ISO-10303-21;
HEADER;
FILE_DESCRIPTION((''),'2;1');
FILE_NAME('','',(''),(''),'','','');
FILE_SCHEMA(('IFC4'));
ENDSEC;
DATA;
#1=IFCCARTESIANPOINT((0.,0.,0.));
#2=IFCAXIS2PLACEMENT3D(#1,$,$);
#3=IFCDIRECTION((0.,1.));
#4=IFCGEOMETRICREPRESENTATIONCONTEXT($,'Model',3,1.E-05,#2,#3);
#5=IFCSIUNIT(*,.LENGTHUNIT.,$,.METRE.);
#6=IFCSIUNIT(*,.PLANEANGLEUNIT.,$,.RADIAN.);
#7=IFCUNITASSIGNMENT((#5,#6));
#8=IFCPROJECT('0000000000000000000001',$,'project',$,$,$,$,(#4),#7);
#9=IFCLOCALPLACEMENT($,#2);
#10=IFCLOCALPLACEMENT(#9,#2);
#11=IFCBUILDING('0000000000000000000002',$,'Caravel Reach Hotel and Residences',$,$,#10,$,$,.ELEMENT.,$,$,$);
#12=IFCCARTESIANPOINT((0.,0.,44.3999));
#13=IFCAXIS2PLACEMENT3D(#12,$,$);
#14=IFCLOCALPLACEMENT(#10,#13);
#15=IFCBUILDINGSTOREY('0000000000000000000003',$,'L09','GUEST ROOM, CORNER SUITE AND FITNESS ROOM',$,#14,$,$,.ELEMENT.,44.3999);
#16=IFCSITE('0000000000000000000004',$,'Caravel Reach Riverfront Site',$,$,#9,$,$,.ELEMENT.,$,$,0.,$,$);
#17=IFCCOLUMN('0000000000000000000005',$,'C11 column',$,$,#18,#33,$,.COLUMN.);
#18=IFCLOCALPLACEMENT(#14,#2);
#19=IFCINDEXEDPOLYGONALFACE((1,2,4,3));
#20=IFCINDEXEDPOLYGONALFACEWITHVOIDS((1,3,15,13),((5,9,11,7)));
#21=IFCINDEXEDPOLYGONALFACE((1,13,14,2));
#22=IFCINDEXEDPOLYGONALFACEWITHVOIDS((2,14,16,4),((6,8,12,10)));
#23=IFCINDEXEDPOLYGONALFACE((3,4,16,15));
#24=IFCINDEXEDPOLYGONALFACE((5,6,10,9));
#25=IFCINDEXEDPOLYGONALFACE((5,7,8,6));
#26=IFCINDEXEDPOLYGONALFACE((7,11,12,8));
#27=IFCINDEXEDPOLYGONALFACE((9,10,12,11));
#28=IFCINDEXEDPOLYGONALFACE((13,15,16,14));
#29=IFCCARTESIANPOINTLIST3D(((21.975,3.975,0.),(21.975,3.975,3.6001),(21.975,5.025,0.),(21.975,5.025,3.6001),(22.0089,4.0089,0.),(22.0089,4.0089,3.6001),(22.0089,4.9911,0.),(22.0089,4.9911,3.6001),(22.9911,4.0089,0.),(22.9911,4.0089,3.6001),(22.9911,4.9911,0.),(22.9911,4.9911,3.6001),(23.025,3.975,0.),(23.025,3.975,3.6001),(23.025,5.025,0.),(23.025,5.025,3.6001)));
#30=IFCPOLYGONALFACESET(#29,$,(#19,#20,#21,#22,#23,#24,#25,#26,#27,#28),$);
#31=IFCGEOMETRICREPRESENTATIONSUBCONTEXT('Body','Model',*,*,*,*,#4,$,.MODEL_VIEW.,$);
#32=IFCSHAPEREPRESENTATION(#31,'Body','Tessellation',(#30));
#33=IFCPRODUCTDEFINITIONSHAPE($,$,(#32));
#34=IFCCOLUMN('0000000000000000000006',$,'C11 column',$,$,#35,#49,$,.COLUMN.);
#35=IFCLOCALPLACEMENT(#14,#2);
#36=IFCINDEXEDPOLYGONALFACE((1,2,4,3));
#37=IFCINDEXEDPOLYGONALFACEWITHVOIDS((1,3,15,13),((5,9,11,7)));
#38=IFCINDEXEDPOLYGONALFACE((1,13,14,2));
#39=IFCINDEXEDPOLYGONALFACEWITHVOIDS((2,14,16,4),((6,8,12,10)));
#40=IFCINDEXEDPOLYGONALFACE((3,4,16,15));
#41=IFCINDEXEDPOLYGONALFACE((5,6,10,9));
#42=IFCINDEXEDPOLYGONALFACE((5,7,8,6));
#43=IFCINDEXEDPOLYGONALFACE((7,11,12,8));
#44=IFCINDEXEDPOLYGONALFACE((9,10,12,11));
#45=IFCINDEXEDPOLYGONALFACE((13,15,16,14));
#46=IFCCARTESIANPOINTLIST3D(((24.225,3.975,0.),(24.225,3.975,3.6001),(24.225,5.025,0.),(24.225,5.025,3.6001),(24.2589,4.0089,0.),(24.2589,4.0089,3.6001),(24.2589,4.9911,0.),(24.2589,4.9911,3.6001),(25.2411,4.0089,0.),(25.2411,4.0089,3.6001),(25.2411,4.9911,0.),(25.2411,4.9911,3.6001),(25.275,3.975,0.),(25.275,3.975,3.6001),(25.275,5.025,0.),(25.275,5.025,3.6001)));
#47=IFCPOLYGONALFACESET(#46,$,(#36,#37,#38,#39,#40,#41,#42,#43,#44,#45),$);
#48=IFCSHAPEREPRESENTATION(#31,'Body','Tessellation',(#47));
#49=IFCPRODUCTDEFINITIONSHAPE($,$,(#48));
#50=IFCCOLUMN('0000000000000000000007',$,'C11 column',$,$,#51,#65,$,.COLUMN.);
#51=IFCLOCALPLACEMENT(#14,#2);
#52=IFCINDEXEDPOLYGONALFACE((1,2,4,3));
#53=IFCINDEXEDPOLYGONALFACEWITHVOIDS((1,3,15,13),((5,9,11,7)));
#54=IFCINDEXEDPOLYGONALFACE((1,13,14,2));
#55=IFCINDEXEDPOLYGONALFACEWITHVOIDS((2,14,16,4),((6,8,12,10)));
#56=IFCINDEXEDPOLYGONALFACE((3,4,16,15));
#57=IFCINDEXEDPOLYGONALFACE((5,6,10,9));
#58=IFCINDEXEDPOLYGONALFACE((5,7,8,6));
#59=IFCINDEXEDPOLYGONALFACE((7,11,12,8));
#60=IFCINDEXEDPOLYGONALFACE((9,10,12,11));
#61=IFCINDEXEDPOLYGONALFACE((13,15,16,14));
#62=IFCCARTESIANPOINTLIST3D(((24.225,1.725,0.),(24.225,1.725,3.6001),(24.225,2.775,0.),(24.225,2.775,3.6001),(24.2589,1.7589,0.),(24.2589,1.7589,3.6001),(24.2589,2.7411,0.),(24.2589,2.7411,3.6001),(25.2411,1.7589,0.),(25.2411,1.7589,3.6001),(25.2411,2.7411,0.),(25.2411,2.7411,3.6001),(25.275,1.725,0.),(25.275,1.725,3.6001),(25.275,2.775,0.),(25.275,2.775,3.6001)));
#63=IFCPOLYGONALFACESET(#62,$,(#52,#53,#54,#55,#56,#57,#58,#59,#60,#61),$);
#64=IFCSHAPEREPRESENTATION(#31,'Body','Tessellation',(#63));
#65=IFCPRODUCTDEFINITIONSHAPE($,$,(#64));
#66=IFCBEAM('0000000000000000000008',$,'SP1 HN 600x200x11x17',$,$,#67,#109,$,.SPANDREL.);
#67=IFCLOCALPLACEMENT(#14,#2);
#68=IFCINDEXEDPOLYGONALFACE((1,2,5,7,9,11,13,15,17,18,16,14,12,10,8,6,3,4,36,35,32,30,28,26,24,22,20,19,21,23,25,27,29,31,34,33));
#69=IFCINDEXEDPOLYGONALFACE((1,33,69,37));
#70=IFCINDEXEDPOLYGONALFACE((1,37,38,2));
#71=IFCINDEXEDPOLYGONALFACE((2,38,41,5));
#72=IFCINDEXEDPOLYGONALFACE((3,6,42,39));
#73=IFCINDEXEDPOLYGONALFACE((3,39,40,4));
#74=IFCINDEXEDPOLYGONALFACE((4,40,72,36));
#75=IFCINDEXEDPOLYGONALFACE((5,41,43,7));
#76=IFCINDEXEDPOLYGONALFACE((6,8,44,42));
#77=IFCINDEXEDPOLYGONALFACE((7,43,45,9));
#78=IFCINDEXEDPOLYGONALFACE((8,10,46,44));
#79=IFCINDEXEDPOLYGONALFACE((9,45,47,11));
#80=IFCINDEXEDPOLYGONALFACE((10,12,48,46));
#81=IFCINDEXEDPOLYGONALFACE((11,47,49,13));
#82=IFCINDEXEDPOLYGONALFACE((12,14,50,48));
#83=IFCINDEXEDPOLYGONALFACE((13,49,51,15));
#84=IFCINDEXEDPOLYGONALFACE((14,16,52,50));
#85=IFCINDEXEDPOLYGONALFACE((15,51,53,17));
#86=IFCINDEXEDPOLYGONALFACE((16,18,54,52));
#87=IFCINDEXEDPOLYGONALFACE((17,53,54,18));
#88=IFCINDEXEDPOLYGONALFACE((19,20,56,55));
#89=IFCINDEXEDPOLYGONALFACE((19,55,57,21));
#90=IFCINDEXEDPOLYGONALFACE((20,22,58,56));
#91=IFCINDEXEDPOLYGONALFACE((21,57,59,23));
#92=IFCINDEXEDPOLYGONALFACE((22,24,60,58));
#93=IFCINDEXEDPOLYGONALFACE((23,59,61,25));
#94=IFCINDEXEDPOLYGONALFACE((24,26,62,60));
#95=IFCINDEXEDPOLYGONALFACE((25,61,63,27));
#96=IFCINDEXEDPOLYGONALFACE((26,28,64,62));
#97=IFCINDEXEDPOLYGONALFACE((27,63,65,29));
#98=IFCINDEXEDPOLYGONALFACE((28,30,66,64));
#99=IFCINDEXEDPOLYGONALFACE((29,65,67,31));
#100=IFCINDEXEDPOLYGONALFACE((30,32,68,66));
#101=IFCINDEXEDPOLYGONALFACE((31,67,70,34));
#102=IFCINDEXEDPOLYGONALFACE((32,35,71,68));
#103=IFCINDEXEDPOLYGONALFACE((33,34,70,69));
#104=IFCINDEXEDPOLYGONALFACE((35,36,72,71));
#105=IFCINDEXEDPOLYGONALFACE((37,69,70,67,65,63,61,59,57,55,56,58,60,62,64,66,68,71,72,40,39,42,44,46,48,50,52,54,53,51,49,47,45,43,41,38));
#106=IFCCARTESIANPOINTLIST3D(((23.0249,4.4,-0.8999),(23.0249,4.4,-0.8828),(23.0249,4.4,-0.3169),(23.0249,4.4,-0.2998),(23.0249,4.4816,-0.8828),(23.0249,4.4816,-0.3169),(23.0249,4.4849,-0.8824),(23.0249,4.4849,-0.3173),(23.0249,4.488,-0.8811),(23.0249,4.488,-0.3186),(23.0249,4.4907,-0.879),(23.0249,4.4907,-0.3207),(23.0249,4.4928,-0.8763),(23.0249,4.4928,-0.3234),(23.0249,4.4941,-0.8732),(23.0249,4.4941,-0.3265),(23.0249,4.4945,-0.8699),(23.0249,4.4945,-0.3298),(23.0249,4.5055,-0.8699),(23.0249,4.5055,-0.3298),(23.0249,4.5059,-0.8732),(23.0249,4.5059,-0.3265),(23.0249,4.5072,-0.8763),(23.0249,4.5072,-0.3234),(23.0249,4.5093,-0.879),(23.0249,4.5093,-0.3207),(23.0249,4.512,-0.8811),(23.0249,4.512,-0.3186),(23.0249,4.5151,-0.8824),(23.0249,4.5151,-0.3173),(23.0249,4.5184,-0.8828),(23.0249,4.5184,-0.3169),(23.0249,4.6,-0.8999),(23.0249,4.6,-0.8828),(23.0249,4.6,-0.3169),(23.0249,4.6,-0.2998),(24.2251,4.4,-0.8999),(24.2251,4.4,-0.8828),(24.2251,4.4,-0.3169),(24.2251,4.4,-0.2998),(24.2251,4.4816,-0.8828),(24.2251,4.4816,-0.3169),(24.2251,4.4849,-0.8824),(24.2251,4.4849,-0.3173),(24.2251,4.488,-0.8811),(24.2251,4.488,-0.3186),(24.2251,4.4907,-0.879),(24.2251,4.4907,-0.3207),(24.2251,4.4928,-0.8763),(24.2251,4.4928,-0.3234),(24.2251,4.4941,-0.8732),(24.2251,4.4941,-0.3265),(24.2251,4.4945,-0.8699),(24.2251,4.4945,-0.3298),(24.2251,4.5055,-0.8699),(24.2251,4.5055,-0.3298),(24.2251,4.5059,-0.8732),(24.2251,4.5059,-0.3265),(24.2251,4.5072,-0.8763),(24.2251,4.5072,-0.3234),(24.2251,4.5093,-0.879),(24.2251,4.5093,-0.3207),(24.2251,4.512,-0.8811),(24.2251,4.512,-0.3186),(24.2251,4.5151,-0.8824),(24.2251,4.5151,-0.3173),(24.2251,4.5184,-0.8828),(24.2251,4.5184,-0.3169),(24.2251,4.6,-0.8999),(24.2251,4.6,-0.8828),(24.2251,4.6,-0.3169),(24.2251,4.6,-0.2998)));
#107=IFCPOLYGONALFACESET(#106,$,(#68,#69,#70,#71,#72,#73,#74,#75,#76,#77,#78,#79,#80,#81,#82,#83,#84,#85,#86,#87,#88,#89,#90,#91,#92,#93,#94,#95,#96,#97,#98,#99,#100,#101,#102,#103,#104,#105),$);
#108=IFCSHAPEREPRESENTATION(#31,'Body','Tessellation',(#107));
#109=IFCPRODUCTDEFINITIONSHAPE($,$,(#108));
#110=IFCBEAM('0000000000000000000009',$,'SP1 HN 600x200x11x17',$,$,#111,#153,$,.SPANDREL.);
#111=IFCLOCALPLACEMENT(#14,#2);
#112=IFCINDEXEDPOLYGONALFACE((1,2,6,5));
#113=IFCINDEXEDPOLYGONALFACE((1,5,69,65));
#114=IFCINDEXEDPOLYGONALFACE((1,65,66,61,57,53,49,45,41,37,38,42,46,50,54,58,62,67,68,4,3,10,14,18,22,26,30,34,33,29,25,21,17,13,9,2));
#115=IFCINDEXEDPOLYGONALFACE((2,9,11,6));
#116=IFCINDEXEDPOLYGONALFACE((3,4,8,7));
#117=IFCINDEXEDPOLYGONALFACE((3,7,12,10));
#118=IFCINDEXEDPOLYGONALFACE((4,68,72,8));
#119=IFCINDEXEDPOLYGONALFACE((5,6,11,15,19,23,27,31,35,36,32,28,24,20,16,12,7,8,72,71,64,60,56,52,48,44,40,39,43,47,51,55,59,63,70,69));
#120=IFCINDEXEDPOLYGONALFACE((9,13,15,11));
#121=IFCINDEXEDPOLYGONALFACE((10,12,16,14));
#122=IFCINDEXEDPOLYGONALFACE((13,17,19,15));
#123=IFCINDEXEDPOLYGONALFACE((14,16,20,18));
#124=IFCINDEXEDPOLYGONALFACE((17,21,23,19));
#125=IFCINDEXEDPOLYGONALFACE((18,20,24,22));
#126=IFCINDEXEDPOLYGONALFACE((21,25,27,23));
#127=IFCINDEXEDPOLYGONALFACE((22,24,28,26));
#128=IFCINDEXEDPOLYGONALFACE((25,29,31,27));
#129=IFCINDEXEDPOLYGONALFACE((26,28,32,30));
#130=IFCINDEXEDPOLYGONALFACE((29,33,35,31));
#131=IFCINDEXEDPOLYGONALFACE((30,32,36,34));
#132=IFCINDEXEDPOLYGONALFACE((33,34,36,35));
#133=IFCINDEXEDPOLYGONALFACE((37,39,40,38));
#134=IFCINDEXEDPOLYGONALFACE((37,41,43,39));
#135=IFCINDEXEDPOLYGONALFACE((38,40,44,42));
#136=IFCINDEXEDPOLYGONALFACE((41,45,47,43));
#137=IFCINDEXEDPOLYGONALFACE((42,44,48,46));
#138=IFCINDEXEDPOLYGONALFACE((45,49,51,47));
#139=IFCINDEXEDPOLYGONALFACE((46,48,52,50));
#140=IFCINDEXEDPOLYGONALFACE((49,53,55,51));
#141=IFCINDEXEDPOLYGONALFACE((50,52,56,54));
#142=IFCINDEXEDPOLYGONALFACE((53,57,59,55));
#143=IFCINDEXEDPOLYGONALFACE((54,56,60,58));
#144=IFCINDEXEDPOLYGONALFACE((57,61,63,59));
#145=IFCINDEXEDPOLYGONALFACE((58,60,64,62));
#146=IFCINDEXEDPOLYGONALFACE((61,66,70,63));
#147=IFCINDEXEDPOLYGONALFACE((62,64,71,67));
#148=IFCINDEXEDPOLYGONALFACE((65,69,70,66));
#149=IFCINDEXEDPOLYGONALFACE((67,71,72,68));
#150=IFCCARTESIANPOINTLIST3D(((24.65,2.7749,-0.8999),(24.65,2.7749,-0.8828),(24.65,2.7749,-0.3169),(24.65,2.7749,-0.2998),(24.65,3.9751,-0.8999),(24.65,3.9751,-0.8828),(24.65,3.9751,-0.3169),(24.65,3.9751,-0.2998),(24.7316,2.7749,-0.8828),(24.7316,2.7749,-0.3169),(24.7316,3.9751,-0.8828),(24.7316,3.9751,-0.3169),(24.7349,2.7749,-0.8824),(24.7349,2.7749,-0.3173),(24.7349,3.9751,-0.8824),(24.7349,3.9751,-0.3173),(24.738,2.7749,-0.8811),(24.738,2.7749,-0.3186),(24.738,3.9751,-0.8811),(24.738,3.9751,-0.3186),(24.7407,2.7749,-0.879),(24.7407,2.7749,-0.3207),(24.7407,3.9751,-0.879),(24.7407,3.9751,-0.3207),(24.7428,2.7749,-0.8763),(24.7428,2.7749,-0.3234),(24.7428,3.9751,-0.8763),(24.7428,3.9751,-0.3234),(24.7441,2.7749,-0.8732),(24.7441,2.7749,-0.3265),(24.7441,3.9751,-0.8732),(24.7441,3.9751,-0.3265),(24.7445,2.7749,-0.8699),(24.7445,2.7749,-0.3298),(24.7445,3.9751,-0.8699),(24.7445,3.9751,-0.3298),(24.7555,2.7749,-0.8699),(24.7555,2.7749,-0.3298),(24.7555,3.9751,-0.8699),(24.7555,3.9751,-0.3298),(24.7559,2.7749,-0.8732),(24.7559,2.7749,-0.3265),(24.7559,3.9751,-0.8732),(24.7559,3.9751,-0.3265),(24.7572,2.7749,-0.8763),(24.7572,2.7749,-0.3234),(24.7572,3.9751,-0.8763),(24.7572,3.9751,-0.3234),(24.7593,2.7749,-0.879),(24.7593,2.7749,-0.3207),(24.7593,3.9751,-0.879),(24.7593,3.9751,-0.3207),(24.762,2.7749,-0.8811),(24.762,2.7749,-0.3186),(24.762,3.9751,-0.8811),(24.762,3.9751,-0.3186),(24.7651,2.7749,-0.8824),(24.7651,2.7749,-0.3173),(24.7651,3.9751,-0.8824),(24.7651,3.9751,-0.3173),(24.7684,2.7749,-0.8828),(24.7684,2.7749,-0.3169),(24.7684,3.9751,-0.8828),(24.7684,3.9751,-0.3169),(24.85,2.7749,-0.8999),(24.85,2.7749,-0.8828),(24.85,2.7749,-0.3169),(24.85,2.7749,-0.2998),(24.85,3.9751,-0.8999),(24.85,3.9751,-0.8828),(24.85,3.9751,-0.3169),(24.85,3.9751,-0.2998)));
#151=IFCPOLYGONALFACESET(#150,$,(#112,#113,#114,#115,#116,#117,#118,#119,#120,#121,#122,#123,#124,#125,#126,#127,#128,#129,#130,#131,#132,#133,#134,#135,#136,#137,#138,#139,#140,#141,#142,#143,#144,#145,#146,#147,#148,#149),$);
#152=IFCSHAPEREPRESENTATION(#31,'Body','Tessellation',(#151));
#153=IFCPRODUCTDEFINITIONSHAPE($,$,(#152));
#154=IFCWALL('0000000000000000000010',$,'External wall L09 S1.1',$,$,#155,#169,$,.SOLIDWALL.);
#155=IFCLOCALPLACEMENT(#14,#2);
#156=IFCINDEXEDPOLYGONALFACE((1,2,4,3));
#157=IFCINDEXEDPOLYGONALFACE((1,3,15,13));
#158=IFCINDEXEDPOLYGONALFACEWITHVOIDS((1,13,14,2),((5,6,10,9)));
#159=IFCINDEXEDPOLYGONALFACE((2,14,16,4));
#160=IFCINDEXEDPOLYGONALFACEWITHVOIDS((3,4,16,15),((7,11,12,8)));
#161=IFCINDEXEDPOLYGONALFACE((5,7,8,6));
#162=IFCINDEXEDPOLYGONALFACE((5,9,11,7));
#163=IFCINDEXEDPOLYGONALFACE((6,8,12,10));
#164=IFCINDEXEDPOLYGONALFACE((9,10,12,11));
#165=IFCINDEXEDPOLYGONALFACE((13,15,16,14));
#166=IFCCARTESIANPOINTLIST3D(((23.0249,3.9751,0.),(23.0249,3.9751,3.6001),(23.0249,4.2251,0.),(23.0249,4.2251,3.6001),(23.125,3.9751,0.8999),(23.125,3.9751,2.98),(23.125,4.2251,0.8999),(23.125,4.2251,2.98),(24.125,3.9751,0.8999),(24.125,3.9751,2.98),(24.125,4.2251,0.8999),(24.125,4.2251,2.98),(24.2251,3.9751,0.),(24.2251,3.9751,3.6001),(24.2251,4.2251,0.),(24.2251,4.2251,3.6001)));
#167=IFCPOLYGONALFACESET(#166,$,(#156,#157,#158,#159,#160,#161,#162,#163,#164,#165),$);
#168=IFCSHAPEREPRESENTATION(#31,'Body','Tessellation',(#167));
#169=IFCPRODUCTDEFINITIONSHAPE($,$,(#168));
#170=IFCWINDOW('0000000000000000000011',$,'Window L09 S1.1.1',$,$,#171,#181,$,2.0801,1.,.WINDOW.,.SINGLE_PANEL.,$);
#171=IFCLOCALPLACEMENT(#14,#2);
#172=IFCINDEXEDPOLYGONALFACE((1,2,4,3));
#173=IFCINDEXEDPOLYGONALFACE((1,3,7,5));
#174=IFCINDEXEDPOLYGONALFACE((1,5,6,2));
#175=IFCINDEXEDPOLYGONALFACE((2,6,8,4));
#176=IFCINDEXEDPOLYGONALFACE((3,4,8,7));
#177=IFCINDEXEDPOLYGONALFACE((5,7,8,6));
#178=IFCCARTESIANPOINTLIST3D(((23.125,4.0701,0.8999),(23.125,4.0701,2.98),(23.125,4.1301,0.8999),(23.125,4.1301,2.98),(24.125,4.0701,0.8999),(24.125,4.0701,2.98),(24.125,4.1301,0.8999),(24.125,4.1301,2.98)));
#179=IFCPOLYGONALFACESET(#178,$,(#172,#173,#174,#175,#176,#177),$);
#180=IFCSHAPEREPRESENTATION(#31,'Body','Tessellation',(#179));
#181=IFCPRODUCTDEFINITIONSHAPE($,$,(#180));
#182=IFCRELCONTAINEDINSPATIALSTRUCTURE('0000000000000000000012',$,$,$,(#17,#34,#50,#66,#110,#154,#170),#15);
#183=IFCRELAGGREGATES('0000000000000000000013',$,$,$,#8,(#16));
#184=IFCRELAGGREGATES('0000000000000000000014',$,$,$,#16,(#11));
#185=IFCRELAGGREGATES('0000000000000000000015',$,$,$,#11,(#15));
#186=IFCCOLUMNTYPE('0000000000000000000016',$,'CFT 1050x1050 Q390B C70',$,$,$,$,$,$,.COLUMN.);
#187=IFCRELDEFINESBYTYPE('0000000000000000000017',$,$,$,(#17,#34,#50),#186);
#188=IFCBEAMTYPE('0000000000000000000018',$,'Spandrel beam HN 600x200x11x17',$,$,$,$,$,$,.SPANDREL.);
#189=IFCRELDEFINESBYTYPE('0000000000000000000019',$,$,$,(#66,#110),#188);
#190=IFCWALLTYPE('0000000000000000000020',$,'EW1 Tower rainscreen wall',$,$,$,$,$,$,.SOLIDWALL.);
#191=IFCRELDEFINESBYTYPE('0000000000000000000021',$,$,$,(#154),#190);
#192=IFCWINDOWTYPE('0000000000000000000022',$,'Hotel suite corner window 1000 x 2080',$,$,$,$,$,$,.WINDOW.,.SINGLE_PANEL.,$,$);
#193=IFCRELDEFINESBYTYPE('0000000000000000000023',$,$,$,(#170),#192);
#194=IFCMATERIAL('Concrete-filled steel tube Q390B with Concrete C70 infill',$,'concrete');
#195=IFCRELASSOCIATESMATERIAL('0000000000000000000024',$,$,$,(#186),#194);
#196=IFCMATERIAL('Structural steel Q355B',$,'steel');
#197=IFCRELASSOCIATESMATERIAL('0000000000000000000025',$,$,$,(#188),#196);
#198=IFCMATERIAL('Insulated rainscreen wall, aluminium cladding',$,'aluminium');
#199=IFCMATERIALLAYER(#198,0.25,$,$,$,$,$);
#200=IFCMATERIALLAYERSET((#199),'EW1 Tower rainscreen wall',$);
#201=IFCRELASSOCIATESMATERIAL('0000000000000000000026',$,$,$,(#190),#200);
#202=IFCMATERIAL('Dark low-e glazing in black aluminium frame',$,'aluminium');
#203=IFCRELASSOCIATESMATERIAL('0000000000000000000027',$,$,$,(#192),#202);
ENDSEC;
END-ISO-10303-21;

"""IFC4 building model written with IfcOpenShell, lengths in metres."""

from ifc_helpers import new_model, si_unit, direction, frame, frame_2d, origin, origin_2d, place, context, subcontext, project, spatial, rectangle, hollow_rectangle, i_section, extrude, material, layer, layer_set, material_profile, profile_set, type_object, element, fill, save


model = new_model("IFC4")

# Units and contexts
model_context = context("Model", 3, precision=1e-05, world=origin(), true_north=direction((0.0, 1.0)))
body_context = subcontext(model_context, "Body", "Model", "MODEL_VIEW")
ifc_project = project(units=[si_unit("LENGTHUNIT", "METRE"), si_unit("PLANEANGLEUNIT", "RADIAN")], contexts=[model_context])

# Site, building, storey
site_placement = place(None, origin())
site = spatial("IfcSite", under=ifc_project, at=site_placement, Name="Caravel Reach Riverfront Site", CompositionType="ELEMENT", RefElevation=0.0)
building_placement = place(site_placement, origin())
building = spatial("IfcBuilding", under=site, at=building_placement, Name="Caravel Reach Hotel and Residences", CompositionType="ELEMENT")
storey_placement = place(building_placement, frame((0.0, 0.0, 44.3999)))
storey = spatial("IfcBuildingStorey", under=building, at=storey_placement, Name="L09", Description="GUEST ROOM, CORNER SUITE AND FITNESS ROOM", CompositionType="ELEMENT", Elevation=44.3999)

# Columns
ifc_material_1 = material(Name="Concrete-filled steel tube Q390B with Concrete C70 infill", Category="concrete")
ifc_material_profile_1 = material_profile(ifc_material_1, hollow_rectangle(XDim=1.05, YDim=1.05, WallThickness=0.0339, at=origin_2d()), Name="RHS 1050x1050x34")
ifc_profile_set_1 = profile_set([ifc_material_profile_1], Name="Concrete-filled steel tube Q390B with Concrete C70 infill")
column_type = type_object("IfcColumnType", Name="CFT 1050x1050 Q390B C70", PredefinedType="COLUMN", material=ifc_profile_set_1)
for number, where, z_axis, x_axis, name in (
    (1, (22.5, 4.5, 0.0), (0.0, 0.0, 1.0), (1.0, 0.0, 0.0), "C11 column"),
    (2, (24.75, 4.5, 0.0), (0.0, 0.0, 1.0), (1.0, 0.0, 0.0), "C11 column"),
    (3, (24.75, 2.25, 0.0), (0.0, 0.0, 1.0), (1.0, 0.0, 0.0), "C11 column"),
):
    element("IfcColumn", number, at=place(storey_placement, frame(where, z_axis=z_axis, x_axis=x_axis)), inside=storey, type_object=column_type, Name=name, PredefinedType="COLUMN", context=body_context, shape_type="SweptSolid", body=[
        extrude(hollow_rectangle(XDim=1.05, YDim=1.05, WallThickness=0.0339, at=origin_2d()), origin(), (0.0, 0.0, 1.0), 3.6001),
    ])

# Beams
ifc_material_2 = material(Name="Structural steel Q355B", Category="steel")
ifc_material_profile_2 = material_profile(ifc_material_2, i_section(OverallWidth=0.2, OverallDepth=0.6001, WebThickness=0.011, FlangeThickness=0.0171, FilletRadius=0.0129, at=origin_2d()), Name="HN 600x200x11x17")
ifc_profile_set_2 = profile_set([ifc_material_profile_2], Name="Structural steel Q355B")
beam_type = type_object("IfcBeamType", Name="Spandrel beam HN 600x200x11x17", PredefinedType="SPANDREL", material=ifc_profile_set_2)
for number, where, z_axis, x_axis, name in (
    (4, (23.0249, 4.5, -0.5999), (1.0, 0.0, 0.0), (0.0, 1.0, 0.0), "SP1 HN 600x200x11x17"),
    (5, (24.75, 3.9751, -0.5999), (0.0, -1.0, 0.0), (1.0, 0.0, 0.0), "SP1 HN 600x200x11x17"),
):
    element("IfcBeam", number, at=place(storey_placement, frame(where, z_axis=z_axis, x_axis=x_axis)), inside=storey, type_object=beam_type, Name=name, PredefinedType="SPANDREL", context=body_context, shape_type="SweptSolid", body=[
        extrude(i_section(OverallWidth=0.2, OverallDepth=0.6001, WebThickness=0.011, FlangeThickness=0.0171, FilletRadius=0.0129, at=origin_2d()), origin(), (0.0, 0.0, 1.0), 1.2002),
    ])

# Wall, opening, window
ifc_material_3 = material(Name="Insulated rainscreen wall, aluminium cladding", Category="aluminium")
ifc_layer_1 = layer(ifc_material_3, 0.25)
ifc_layer_set_1 = layer_set([ifc_layer_1], Name="EW1 Tower rainscreen wall")
wall_type_1 = type_object("IfcWallType", Name="EW1 Tower rainscreen wall", PredefinedType="SOLIDWALL", material=ifc_layer_set_1)
wall_1_placement = place(storey_placement, frame((23.0249, 4.1001, 0.0), z_axis=(0.0, 0.0, 1.0), x_axis=(1.0, 0.0, 0.0)))
wall_1 = element("IfcWall", 6, at=wall_1_placement, inside=storey, type_object=wall_type_1, Name="External wall L09 S1.1", PredefinedType="SOLIDWALL", context=body_context, shape_type="SweptSolid", body=[
    extrude(rectangle(XDim=1.2002, YDim=0.25, at=frame_2d((0.6001, 0.0))), origin(), (0.0, 0.0, 1.0), 3.6001),
])
opening_1_placement = place(wall_1_placement, frame((0.1001, 0.0, 0.8999)))
opening_1 = element("IfcOpeningElement", 7, at=opening_1_placement, cuts=wall_1, PredefinedType="OPENING", context=body_context, shape_type="SweptSolid", body=[
    extrude(rectangle(XDim=1.0, YDim=2.0801, at=frame_2d((0.5, 1.04))), frame((0.0, 0.135, 0.0), z_axis=(0.0, -1.0, 0.0), x_axis=(1.0, 0.0, 0.0)), (0.0, 0.0, 1.0), 0.27),
])
ifc_material_4 = material(Name="Dark low-e glazing in black aluminium frame", Category="aluminium")
window_type = type_object("IfcWindowType", Name="Hotel suite corner window 1000 x 2080", PartitioningType="SINGLE_PANEL", PredefinedType="WINDOW", material=ifc_material_4)
window_1_placement = place(opening_1_placement, origin())
window_1 = element("IfcWindow", 8, at=window_1_placement, inside=storey, type_object=window_type, Name="Window L09 S1.1.1", OverallHeight=2.0801, OverallWidth=1.0, PartitioningType="SINGLE_PANEL", PredefinedType="WINDOW", context=body_context, shape_type="SweptSolid", body=[
    extrude(rectangle(XDim=1.0, YDim=2.0801, at=frame_2d((0.5, 1.04))), frame((0.0, 0.03, 0.0), z_axis=(0.0, -1.0, 0.0), x_axis=(1.0, 0.0, 0.0)), (0.0, 0.0, 1.0), 0.0601),
])
fill(opening_1, window_1)

save(model, "model.ifc")
